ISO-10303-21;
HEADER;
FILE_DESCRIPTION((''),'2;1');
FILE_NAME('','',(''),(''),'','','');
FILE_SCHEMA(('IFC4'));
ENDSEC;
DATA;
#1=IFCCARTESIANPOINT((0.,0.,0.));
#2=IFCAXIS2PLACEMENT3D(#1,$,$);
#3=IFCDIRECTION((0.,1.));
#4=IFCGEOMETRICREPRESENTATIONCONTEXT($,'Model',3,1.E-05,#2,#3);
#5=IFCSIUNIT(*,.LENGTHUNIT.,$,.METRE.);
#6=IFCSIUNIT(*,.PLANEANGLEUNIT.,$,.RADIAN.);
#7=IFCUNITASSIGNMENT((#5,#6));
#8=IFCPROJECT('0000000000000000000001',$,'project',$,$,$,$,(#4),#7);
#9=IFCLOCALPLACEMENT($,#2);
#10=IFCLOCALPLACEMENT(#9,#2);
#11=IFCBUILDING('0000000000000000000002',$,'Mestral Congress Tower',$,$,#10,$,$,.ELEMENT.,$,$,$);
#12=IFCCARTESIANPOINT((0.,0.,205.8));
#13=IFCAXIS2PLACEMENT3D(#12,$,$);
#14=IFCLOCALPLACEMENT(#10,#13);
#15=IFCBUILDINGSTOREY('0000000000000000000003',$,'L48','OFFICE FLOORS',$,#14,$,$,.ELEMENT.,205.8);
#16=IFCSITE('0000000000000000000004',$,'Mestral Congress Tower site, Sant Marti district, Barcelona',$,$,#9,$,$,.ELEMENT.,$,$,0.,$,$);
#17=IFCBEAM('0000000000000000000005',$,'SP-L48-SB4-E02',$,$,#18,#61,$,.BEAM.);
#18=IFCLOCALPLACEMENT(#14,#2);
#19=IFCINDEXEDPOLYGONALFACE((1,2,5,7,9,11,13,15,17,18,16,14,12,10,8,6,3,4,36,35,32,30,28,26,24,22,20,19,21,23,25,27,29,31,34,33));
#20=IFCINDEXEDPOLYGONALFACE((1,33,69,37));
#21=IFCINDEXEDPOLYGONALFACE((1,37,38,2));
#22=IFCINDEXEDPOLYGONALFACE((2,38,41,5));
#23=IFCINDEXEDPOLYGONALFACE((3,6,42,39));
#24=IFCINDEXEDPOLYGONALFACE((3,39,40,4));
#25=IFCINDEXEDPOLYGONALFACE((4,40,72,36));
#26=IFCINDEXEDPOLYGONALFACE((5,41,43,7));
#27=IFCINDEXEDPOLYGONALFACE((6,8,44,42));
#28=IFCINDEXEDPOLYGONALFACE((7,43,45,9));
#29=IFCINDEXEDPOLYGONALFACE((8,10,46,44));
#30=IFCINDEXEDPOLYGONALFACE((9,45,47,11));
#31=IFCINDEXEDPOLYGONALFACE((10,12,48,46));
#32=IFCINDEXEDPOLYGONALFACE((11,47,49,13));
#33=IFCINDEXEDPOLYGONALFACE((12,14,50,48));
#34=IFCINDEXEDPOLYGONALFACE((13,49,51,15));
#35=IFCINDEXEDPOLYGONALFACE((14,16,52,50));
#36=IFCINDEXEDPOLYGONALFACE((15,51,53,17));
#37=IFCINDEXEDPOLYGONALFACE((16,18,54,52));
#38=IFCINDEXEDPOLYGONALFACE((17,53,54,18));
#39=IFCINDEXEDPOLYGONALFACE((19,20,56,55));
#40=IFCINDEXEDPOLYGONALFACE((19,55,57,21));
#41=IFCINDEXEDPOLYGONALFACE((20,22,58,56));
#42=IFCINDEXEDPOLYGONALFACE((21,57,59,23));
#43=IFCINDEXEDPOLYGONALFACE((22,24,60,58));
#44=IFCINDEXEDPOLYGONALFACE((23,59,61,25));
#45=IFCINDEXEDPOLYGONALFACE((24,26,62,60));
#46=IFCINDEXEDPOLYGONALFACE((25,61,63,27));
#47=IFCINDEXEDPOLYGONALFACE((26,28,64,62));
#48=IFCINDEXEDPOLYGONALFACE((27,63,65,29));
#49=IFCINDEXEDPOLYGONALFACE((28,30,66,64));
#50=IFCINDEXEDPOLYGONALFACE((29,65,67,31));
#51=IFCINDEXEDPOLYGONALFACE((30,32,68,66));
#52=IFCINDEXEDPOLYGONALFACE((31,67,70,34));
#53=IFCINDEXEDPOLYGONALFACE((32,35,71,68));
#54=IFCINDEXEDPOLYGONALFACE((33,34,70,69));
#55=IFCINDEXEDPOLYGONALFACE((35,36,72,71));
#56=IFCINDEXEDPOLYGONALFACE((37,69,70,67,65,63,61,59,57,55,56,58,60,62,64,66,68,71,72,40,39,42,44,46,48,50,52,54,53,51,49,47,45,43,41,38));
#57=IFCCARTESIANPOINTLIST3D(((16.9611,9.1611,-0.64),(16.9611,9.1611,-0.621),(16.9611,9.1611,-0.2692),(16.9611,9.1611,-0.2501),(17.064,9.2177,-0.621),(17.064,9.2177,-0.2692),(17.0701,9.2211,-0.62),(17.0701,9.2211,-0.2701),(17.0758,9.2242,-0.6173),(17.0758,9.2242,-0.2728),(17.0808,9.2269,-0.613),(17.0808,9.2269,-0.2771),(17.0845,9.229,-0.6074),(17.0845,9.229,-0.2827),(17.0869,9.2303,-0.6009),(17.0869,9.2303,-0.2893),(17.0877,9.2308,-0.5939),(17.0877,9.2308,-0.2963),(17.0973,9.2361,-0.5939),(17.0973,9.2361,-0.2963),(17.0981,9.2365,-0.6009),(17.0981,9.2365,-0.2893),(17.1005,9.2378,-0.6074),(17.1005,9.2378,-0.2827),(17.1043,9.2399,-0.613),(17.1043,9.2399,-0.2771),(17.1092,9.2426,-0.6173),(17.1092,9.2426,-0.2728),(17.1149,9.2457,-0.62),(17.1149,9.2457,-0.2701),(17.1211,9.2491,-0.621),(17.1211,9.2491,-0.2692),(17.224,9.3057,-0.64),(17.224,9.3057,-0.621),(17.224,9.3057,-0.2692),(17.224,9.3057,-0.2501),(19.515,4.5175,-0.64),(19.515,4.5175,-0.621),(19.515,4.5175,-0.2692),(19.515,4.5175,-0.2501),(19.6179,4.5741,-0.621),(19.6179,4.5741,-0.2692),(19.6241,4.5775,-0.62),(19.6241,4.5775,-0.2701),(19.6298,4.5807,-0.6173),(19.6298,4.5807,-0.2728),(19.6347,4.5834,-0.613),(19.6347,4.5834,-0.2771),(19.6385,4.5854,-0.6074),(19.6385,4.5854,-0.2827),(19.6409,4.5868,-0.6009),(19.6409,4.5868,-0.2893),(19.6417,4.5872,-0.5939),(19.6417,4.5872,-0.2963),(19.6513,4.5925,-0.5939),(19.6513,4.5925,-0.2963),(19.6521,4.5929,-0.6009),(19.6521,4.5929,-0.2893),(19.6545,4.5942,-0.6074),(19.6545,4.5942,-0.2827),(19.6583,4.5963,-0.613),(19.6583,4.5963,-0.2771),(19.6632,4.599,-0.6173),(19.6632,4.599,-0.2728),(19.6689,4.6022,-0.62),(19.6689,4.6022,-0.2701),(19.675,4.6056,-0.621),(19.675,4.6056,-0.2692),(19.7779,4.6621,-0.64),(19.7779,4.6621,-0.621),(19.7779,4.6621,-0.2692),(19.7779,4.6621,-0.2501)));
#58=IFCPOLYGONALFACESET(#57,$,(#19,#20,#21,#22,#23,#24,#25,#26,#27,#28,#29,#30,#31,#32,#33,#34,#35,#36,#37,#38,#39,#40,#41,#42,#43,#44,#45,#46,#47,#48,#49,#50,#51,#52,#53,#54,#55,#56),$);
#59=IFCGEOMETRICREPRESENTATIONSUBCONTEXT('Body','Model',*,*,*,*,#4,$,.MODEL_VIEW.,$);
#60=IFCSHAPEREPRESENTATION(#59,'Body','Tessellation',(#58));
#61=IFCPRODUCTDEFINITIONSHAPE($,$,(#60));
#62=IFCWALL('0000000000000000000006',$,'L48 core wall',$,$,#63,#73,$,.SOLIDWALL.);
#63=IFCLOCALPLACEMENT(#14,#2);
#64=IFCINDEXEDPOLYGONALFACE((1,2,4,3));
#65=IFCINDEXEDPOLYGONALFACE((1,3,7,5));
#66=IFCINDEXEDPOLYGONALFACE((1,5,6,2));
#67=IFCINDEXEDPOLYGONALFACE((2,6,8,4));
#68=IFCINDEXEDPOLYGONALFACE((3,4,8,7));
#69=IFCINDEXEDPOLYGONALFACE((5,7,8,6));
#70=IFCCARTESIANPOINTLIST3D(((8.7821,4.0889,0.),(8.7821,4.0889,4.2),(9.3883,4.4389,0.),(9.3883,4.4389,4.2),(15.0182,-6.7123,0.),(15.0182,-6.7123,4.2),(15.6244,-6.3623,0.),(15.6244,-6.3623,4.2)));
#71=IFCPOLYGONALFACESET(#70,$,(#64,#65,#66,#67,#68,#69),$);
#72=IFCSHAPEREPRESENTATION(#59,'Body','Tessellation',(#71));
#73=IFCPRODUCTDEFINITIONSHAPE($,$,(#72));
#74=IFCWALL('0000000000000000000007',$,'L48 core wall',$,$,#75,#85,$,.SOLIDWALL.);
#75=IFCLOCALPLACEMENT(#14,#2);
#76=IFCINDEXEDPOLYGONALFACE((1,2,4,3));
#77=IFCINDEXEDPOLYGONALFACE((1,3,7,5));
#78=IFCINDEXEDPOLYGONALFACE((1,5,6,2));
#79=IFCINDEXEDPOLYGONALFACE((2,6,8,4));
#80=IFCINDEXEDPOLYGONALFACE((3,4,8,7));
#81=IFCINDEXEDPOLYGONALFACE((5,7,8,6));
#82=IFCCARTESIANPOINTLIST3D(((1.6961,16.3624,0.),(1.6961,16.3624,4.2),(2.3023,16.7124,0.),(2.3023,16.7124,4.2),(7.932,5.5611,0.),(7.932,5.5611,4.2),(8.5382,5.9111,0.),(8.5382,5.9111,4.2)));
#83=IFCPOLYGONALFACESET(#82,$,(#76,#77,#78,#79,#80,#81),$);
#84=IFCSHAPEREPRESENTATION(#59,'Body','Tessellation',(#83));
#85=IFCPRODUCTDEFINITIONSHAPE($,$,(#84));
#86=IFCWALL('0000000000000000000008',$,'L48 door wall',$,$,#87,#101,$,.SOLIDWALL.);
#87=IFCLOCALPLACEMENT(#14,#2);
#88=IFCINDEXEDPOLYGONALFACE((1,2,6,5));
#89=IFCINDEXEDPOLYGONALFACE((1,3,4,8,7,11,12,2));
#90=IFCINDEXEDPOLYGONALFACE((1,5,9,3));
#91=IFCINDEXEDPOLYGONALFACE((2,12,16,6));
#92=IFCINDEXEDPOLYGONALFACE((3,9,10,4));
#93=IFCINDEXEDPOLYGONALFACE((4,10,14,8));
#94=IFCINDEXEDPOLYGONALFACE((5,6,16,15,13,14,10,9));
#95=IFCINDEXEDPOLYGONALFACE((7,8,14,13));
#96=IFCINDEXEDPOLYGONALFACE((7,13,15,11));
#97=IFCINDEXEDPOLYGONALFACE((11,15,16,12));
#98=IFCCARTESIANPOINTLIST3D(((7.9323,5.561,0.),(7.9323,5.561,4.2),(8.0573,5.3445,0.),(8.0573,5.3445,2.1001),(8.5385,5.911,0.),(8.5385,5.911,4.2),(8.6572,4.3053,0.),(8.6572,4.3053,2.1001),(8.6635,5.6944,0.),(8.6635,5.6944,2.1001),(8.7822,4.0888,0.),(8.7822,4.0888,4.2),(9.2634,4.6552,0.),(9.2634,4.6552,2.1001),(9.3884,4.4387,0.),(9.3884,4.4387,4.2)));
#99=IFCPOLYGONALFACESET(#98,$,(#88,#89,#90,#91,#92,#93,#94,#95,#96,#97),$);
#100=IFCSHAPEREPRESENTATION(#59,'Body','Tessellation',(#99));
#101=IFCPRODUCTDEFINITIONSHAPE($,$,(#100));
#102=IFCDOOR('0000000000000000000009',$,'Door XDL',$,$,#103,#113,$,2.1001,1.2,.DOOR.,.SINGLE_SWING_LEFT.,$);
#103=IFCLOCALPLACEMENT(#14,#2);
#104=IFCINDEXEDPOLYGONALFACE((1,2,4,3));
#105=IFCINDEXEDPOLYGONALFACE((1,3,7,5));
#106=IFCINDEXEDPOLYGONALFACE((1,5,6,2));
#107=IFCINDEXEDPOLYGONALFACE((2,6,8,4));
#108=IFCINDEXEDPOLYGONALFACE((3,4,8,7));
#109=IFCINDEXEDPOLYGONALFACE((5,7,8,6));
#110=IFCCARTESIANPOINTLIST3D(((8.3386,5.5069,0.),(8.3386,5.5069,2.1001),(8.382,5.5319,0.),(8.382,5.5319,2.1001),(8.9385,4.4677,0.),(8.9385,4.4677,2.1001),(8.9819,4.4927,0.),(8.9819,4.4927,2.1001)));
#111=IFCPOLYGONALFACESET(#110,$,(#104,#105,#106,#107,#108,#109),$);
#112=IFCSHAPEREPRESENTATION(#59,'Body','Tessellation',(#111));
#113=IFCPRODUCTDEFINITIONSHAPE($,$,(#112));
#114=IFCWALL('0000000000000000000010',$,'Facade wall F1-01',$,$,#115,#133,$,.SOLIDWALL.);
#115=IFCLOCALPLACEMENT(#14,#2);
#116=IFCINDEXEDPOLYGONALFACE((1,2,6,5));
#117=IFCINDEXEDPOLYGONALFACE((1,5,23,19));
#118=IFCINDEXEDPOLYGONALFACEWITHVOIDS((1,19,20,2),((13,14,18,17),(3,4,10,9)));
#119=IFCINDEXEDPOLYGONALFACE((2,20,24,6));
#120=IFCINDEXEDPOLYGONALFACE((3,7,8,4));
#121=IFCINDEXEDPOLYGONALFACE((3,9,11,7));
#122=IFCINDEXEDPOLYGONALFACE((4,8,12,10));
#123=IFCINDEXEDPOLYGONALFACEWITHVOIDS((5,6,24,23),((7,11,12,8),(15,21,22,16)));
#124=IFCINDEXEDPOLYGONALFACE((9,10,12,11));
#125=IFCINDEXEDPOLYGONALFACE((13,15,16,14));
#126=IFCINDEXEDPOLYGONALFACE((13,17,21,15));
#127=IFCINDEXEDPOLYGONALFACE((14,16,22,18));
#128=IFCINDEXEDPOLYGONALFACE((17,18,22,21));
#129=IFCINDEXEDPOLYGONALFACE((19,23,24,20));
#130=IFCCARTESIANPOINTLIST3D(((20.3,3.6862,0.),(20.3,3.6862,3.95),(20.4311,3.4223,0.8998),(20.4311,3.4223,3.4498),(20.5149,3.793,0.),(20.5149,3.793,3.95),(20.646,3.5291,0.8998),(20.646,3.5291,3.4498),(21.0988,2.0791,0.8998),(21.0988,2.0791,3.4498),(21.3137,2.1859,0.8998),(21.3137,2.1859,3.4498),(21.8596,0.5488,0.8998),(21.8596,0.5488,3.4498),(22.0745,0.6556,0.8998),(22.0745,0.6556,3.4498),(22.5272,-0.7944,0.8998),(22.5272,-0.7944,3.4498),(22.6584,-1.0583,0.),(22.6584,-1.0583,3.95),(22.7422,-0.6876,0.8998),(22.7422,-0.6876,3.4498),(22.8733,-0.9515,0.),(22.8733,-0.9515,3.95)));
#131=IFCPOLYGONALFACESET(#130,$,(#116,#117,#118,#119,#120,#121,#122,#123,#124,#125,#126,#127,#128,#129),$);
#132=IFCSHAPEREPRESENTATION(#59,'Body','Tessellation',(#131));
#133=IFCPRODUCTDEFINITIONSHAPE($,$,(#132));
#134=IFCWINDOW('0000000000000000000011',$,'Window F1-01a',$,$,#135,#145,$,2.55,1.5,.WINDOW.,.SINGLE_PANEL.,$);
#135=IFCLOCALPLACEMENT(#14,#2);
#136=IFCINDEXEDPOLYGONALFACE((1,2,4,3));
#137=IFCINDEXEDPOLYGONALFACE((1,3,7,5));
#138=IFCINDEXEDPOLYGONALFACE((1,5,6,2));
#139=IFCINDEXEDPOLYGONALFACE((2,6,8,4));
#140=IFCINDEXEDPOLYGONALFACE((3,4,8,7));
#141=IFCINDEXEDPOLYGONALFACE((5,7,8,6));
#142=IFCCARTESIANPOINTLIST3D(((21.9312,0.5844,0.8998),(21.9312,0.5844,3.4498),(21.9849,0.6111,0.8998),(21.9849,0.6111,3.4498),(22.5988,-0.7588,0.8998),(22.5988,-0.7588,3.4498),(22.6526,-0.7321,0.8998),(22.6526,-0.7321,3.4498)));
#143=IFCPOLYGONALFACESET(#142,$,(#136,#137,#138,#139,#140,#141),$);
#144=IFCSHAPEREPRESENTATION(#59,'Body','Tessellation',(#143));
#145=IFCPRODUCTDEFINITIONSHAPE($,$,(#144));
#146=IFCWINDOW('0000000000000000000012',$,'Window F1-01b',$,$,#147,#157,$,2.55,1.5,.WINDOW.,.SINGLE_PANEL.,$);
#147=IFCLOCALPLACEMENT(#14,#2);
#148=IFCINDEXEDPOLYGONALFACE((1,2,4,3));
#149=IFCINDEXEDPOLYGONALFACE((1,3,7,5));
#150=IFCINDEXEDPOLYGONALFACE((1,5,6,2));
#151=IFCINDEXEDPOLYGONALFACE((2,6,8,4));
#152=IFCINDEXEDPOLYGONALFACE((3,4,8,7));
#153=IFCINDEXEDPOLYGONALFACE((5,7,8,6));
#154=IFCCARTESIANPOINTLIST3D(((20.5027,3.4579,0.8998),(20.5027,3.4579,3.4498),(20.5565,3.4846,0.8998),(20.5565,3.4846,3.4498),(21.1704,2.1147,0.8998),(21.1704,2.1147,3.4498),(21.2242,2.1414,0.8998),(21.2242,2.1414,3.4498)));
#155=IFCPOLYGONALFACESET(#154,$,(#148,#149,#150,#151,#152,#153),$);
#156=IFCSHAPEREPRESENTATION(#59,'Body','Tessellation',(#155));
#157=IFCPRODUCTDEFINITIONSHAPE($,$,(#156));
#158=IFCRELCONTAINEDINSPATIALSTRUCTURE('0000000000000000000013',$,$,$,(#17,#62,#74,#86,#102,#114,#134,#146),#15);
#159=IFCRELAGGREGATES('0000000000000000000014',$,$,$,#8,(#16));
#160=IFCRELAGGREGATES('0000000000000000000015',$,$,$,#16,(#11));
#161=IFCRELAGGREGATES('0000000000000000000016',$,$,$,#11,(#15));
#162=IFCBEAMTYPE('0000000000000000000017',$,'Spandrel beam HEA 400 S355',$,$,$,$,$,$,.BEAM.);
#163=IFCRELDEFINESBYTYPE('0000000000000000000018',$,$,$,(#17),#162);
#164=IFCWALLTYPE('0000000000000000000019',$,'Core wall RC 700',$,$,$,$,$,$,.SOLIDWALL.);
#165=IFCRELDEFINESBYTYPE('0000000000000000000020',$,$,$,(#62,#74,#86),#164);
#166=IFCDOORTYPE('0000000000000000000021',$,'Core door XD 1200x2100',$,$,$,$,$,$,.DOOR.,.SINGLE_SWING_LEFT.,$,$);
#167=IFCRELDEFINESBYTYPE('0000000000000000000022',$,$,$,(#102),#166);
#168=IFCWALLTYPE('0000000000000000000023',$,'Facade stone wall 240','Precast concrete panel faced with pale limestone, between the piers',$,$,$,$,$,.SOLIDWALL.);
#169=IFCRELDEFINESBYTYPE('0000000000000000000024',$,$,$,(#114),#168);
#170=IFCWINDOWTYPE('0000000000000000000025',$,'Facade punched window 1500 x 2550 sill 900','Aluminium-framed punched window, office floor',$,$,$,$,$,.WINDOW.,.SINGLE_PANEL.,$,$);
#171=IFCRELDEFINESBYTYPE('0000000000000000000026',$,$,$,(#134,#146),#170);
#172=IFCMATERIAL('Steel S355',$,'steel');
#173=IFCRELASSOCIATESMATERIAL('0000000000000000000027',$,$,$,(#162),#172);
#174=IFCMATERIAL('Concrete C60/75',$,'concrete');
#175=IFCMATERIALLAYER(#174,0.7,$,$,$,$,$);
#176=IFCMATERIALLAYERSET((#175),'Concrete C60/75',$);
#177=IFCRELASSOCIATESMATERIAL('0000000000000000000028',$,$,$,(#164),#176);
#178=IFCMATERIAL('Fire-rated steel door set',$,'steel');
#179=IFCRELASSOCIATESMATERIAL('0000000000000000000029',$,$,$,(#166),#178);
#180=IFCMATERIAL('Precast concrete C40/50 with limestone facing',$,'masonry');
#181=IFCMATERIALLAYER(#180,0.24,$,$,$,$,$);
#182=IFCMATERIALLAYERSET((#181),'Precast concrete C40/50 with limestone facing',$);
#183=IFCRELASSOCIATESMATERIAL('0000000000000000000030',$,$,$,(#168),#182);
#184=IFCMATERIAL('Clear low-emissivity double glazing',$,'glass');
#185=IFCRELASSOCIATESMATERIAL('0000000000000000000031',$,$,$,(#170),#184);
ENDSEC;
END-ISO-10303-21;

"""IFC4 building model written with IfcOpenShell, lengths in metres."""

from ifc_helpers import new_model, si_unit, direction, frame, frame_2d, origin, origin_2d, place, context, subcontext, project, spatial, rectangle, i_section, extrude, material, layer, layer_set, material_profile, profile_set, type_object, element, fill, save


model = new_model("IFC4")

# Units and contexts
model_context = context("Model", 3, precision=1e-05, world=origin(), true_north=direction((0.0, 1.0)))
body_context = subcontext(model_context, "Body", "Model", "MODEL_VIEW")
ifc_project = project(units=[si_unit("LENGTHUNIT", "METRE"), si_unit("PLANEANGLEUNIT", "RADIAN")], contexts=[model_context])

# Site, building, storey
site_placement = place(None, origin())
site = spatial("IfcSite", under=ifc_project, at=site_placement, Name="Mestral Congress Tower site, Sant Marti district, Barcelona", CompositionType="ELEMENT", RefElevation=0.0)
building_placement = place(site_placement, origin())
building = spatial("IfcBuilding", under=site, at=building_placement, Name="Mestral Congress Tower", CompositionType="ELEMENT")
storey_placement = place(building_placement, frame((0.0, 0.0, 205.8)))
storey = spatial("IfcBuildingStorey", under=building, at=storey_placement, Name="L48", Description="OFFICE FLOORS", CompositionType="ELEMENT", Elevation=205.8)

# Shared definitions
ifc_material_1 = material(Name="Concrete C60/75", Category="concrete")

# Beam
ifc_material_2 = material(Name="Steel S355", Category="steel")
ifc_material_profile_1 = material_profile(ifc_material_2, i_section(OverallWidth=0.3, OverallDepth=0.3899, WebThickness=0.011, FlangeThickness=0.019, FilletRadius=0.0271, at=origin_2d()), Name="HEA 400")
ifc_profile_set_1 = profile_set([ifc_material_profile_1], Name="Steel S355")
beam_type_1 = type_object("IfcBeamType", Name="Spandrel beam HEA 400 S355", PredefinedType="BEAM", material=ifc_profile_set_1)
beam_1_placement = place(storey_placement, frame((19.6465, 4.5898, -0.4451), z_axis=(-0.481919, 0.876216, 0.0), x_axis=(-0.876216, -0.481919, 0.0)))
element("IfcBeam", 1, at=beam_1_placement, inside=storey, type_object=beam_type_1, Name="SP-L48-SB4-E02", PredefinedType="BEAM", context=body_context, shape_type="SweptSolid", body=[
    extrude(i_section(OverallWidth=0.3, OverallDepth=0.3899, WebThickness=0.011, FlangeThickness=0.019, FilletRadius=0.0271, at=origin_2d()), origin(), (0.0, 0.0, 1.0), 5.2996),
])

# Walls
ifc_layer_1 = layer(ifc_material_1, 0.7)
ifc_layer_set_1 = layer_set([ifc_layer_1], Name="Concrete C60/75")
wall_type_1 = type_object("IfcWallType", Name="Core wall RC 700", PredefinedType="SOLIDWALL", material=ifc_layer_set_1)
for number, where, z_axis, x_axis, name in (
    (2, (9.0852, 4.2639, 0.0), (0.0, 0.0, 1.0), (0.499998, -0.866027, 0.0), "L48 core wall"),
    (3, (8.2351, 5.7361, 0.0), (0.0, 0.0, 1.0), (-0.499983, 0.866035, 0.0), "L48 core wall"),
):
    element("IfcWall", number, at=place(storey_placement, frame(where, z_axis=z_axis, x_axis=x_axis)), inside=storey, type_object=wall_type_1, Name=name, PredefinedType="SOLIDWALL", context=body_context, shape_type="SweptSolid", body=[
        extrude(rectangle(XDim=12.4722, YDim=0.7, at=frame_2d((6.2361, 0.0))), origin(), (0.0, 0.0, 1.0), 4.2),
    ])

# Wall, opening, door
wall_1_placement = place(storey_placement, frame((8.2354, 5.7361, 0.0), z_axis=(0.0, 0.0, 1.0), x_axis=(0.499955, -0.866052, 0.0)))
wall_1 = element("IfcWall", 4, at=wall_1_placement, inside=storey, type_object=wall_type_1, Name="L48 door wall", PredefinedType="SOLIDWALL", context=body_context, shape_type="SweptSolid", body=[
    extrude(rectangle(XDim=1.7, YDim=0.7, at=frame_2d((0.8501, 0.0))), origin(), (0.0, 0.0, 1.0), 4.2),
])
opening_1_placement = place(wall_1_placement, frame((0.25, 0.0, 0.0)))
opening_1 = element("IfcOpeningElement", 5, at=opening_1_placement, cuts=wall_1, PredefinedType="OPENING", context=body_context, shape_type="SweptSolid", body=[
    extrude(rectangle(XDim=1.2, YDim=2.1001, at=frame_2d((0.6001, 1.05))), frame((0.0, 0.3599, 0.0), z_axis=(0.0, -1.0, 0.0), x_axis=(1.0, 0.0, 0.0)), (0.0, 0.0, 1.0), 0.72),
])
ifc_material_3 = material(Name="Fire-rated steel door set", Category="steel")
door_type_1 = type_object("IfcDoorType", Name="Core door XD 1200x2100", OperationType="SINGLE_SWING_LEFT", PredefinedType="DOOR", material=ifc_material_3)
door_1_placement = place(opening_1_placement, origin())
door_1 = element("IfcDoor", 6, at=door_1_placement, inside=storey, type_object=door_type_1, Name="Door XDL", OperationType="SINGLE_SWING_LEFT", OverallHeight=2.1001, OverallWidth=1.2, PredefinedType="DOOR", context=body_context, shape_type="SweptSolid", body=[
    extrude(rectangle(XDim=1.2, YDim=2.1001, at=frame_2d((0.6001, 1.05))), frame((0.0, 0.0249, 0.0), z_axis=(0.0, -1.0, 0.0), x_axis=(1.0, 0.0, 0.0)), (0.0, 0.0, 1.0), 0.05),
])
fill(opening_1, door_1)

# Wall, openings, windows
ifc_material_4 = material(Name="Precast concrete C40/50 with limestone facing", Category="masonry")
ifc_layer_2 = layer(ifc_material_4, 0.24)
ifc_layer_set_2 = layer_set([ifc_layer_2], Name="Precast concrete C40/50 with limestone facing")
wall_type_2 = type_object("IfcWallType", Name="Facade stone wall 240", Description="Precast concrete panel faced with pale limestone, between the piers", PredefinedType="SOLIDWALL", material=ifc_layer_set_2)
wall_2_placement = place(storey_placement, frame((22.7659, -1.0049, 0.0), z_axis=(0.0, 0.0, 1.0), x_axis=(-0.44513, 0.895466, 0.0)))
wall_2 = element("IfcWall", 7, at=wall_2_placement, inside=storey, type_object=wall_type_2, Name="Facade wall F1-01", PredefinedType="SOLIDWALL", context=body_context, shape_type="SweptSolid", body=[
    extrude(rectangle(XDim=5.2983, YDim=0.24, at=frame_2d((2.6492, 0.0))), origin(), (0.0, 0.0, 1.0), 3.95),
])
opening_2_placement = place(wall_2_placement, frame((0.2947, 0.0, 0.8999)))
opening_2 = element("IfcOpeningElement", 8, at=opening_2_placement, cuts=wall_2, PredefinedType="OPENING", context=body_context, shape_type="SweptSolid", body=[
    extrude(rectangle(XDim=1.5, YDim=2.55, at=frame_2d((0.75, 1.2749))), frame((0.0, 0.1299, 0.0), z_axis=(0.0, -1.0, 0.0), x_axis=(1.0, 0.0, 0.0)), (0.0, 0.0, 1.0), 0.26),
])
opening_3_placement = place(wall_2_placement, frame((3.5037, 0.0, 0.8999)))
opening_3 = element("IfcOpeningElement", 9, at=opening_3_placement, cuts=wall_2, PredefinedType="OPENING", context=body_context, shape_type="SweptSolid", body=[
    extrude(rectangle(XDim=1.5, YDim=2.55, at=frame_2d((0.75, 1.2749))), frame((0.0, 0.1299, 0.0), z_axis=(0.0, -1.0, 0.0), x_axis=(1.0, 0.0, 0.0)), (0.0, 0.0, 1.0), 0.26),
])
ifc_material_5 = material(Name="Clear low-emissivity double glazing", Category="glass")
window_type = type_object("IfcWindowType", Name="Facade punched window 1500 x 2550 sill 900", Description="Aluminium-framed punched window, office floor", PartitioningType="SINGLE_PANEL", PredefinedType="WINDOW", material=ifc_material_5)
window_1_placement = place(opening_2_placement, origin())
window_1 = element("IfcWindow", 10, at=window_1_placement, inside=storey, type_object=window_type, Name="Window F1-01a", OverallHeight=2.55, OverallWidth=1.5, PartitioningType="SINGLE_PANEL", PredefinedType="WINDOW", context=body_context, shape_type="SweptSolid", body=[
    extrude(rectangle(XDim=1.5, YDim=2.55, at=frame_2d((0.75, 1.2749))), frame((0.0, 0.04, 0.0), z_axis=(0.0, -1.0, 0.0), x_axis=(1.0, 0.0, 0.0)), (0.0, 0.0, 1.0), 0.0601),
])
fill(opening_2, window_1)
window_2_placement = place(opening_3_placement, origin())
window_2 = element("IfcWindow", 11, at=window_2_placement, inside=storey, type_object=window_type, Name="Window F1-01b", OverallHeight=2.55, OverallWidth=1.5, PartitioningType="SINGLE_PANEL", PredefinedType="WINDOW", context=body_context, shape_type="SweptSolid", body=[
    extrude(rectangle(XDim=1.5, YDim=2.55, at=frame_2d((0.75, 1.2749))), frame((0.0, 0.04, 0.0), z_axis=(0.0, -1.0, 0.0), x_axis=(1.0, 0.0, 0.0)), (0.0, 0.0, 1.0), 0.0601),
])
fill(opening_3, window_2)

save(model, "model.ifc")
